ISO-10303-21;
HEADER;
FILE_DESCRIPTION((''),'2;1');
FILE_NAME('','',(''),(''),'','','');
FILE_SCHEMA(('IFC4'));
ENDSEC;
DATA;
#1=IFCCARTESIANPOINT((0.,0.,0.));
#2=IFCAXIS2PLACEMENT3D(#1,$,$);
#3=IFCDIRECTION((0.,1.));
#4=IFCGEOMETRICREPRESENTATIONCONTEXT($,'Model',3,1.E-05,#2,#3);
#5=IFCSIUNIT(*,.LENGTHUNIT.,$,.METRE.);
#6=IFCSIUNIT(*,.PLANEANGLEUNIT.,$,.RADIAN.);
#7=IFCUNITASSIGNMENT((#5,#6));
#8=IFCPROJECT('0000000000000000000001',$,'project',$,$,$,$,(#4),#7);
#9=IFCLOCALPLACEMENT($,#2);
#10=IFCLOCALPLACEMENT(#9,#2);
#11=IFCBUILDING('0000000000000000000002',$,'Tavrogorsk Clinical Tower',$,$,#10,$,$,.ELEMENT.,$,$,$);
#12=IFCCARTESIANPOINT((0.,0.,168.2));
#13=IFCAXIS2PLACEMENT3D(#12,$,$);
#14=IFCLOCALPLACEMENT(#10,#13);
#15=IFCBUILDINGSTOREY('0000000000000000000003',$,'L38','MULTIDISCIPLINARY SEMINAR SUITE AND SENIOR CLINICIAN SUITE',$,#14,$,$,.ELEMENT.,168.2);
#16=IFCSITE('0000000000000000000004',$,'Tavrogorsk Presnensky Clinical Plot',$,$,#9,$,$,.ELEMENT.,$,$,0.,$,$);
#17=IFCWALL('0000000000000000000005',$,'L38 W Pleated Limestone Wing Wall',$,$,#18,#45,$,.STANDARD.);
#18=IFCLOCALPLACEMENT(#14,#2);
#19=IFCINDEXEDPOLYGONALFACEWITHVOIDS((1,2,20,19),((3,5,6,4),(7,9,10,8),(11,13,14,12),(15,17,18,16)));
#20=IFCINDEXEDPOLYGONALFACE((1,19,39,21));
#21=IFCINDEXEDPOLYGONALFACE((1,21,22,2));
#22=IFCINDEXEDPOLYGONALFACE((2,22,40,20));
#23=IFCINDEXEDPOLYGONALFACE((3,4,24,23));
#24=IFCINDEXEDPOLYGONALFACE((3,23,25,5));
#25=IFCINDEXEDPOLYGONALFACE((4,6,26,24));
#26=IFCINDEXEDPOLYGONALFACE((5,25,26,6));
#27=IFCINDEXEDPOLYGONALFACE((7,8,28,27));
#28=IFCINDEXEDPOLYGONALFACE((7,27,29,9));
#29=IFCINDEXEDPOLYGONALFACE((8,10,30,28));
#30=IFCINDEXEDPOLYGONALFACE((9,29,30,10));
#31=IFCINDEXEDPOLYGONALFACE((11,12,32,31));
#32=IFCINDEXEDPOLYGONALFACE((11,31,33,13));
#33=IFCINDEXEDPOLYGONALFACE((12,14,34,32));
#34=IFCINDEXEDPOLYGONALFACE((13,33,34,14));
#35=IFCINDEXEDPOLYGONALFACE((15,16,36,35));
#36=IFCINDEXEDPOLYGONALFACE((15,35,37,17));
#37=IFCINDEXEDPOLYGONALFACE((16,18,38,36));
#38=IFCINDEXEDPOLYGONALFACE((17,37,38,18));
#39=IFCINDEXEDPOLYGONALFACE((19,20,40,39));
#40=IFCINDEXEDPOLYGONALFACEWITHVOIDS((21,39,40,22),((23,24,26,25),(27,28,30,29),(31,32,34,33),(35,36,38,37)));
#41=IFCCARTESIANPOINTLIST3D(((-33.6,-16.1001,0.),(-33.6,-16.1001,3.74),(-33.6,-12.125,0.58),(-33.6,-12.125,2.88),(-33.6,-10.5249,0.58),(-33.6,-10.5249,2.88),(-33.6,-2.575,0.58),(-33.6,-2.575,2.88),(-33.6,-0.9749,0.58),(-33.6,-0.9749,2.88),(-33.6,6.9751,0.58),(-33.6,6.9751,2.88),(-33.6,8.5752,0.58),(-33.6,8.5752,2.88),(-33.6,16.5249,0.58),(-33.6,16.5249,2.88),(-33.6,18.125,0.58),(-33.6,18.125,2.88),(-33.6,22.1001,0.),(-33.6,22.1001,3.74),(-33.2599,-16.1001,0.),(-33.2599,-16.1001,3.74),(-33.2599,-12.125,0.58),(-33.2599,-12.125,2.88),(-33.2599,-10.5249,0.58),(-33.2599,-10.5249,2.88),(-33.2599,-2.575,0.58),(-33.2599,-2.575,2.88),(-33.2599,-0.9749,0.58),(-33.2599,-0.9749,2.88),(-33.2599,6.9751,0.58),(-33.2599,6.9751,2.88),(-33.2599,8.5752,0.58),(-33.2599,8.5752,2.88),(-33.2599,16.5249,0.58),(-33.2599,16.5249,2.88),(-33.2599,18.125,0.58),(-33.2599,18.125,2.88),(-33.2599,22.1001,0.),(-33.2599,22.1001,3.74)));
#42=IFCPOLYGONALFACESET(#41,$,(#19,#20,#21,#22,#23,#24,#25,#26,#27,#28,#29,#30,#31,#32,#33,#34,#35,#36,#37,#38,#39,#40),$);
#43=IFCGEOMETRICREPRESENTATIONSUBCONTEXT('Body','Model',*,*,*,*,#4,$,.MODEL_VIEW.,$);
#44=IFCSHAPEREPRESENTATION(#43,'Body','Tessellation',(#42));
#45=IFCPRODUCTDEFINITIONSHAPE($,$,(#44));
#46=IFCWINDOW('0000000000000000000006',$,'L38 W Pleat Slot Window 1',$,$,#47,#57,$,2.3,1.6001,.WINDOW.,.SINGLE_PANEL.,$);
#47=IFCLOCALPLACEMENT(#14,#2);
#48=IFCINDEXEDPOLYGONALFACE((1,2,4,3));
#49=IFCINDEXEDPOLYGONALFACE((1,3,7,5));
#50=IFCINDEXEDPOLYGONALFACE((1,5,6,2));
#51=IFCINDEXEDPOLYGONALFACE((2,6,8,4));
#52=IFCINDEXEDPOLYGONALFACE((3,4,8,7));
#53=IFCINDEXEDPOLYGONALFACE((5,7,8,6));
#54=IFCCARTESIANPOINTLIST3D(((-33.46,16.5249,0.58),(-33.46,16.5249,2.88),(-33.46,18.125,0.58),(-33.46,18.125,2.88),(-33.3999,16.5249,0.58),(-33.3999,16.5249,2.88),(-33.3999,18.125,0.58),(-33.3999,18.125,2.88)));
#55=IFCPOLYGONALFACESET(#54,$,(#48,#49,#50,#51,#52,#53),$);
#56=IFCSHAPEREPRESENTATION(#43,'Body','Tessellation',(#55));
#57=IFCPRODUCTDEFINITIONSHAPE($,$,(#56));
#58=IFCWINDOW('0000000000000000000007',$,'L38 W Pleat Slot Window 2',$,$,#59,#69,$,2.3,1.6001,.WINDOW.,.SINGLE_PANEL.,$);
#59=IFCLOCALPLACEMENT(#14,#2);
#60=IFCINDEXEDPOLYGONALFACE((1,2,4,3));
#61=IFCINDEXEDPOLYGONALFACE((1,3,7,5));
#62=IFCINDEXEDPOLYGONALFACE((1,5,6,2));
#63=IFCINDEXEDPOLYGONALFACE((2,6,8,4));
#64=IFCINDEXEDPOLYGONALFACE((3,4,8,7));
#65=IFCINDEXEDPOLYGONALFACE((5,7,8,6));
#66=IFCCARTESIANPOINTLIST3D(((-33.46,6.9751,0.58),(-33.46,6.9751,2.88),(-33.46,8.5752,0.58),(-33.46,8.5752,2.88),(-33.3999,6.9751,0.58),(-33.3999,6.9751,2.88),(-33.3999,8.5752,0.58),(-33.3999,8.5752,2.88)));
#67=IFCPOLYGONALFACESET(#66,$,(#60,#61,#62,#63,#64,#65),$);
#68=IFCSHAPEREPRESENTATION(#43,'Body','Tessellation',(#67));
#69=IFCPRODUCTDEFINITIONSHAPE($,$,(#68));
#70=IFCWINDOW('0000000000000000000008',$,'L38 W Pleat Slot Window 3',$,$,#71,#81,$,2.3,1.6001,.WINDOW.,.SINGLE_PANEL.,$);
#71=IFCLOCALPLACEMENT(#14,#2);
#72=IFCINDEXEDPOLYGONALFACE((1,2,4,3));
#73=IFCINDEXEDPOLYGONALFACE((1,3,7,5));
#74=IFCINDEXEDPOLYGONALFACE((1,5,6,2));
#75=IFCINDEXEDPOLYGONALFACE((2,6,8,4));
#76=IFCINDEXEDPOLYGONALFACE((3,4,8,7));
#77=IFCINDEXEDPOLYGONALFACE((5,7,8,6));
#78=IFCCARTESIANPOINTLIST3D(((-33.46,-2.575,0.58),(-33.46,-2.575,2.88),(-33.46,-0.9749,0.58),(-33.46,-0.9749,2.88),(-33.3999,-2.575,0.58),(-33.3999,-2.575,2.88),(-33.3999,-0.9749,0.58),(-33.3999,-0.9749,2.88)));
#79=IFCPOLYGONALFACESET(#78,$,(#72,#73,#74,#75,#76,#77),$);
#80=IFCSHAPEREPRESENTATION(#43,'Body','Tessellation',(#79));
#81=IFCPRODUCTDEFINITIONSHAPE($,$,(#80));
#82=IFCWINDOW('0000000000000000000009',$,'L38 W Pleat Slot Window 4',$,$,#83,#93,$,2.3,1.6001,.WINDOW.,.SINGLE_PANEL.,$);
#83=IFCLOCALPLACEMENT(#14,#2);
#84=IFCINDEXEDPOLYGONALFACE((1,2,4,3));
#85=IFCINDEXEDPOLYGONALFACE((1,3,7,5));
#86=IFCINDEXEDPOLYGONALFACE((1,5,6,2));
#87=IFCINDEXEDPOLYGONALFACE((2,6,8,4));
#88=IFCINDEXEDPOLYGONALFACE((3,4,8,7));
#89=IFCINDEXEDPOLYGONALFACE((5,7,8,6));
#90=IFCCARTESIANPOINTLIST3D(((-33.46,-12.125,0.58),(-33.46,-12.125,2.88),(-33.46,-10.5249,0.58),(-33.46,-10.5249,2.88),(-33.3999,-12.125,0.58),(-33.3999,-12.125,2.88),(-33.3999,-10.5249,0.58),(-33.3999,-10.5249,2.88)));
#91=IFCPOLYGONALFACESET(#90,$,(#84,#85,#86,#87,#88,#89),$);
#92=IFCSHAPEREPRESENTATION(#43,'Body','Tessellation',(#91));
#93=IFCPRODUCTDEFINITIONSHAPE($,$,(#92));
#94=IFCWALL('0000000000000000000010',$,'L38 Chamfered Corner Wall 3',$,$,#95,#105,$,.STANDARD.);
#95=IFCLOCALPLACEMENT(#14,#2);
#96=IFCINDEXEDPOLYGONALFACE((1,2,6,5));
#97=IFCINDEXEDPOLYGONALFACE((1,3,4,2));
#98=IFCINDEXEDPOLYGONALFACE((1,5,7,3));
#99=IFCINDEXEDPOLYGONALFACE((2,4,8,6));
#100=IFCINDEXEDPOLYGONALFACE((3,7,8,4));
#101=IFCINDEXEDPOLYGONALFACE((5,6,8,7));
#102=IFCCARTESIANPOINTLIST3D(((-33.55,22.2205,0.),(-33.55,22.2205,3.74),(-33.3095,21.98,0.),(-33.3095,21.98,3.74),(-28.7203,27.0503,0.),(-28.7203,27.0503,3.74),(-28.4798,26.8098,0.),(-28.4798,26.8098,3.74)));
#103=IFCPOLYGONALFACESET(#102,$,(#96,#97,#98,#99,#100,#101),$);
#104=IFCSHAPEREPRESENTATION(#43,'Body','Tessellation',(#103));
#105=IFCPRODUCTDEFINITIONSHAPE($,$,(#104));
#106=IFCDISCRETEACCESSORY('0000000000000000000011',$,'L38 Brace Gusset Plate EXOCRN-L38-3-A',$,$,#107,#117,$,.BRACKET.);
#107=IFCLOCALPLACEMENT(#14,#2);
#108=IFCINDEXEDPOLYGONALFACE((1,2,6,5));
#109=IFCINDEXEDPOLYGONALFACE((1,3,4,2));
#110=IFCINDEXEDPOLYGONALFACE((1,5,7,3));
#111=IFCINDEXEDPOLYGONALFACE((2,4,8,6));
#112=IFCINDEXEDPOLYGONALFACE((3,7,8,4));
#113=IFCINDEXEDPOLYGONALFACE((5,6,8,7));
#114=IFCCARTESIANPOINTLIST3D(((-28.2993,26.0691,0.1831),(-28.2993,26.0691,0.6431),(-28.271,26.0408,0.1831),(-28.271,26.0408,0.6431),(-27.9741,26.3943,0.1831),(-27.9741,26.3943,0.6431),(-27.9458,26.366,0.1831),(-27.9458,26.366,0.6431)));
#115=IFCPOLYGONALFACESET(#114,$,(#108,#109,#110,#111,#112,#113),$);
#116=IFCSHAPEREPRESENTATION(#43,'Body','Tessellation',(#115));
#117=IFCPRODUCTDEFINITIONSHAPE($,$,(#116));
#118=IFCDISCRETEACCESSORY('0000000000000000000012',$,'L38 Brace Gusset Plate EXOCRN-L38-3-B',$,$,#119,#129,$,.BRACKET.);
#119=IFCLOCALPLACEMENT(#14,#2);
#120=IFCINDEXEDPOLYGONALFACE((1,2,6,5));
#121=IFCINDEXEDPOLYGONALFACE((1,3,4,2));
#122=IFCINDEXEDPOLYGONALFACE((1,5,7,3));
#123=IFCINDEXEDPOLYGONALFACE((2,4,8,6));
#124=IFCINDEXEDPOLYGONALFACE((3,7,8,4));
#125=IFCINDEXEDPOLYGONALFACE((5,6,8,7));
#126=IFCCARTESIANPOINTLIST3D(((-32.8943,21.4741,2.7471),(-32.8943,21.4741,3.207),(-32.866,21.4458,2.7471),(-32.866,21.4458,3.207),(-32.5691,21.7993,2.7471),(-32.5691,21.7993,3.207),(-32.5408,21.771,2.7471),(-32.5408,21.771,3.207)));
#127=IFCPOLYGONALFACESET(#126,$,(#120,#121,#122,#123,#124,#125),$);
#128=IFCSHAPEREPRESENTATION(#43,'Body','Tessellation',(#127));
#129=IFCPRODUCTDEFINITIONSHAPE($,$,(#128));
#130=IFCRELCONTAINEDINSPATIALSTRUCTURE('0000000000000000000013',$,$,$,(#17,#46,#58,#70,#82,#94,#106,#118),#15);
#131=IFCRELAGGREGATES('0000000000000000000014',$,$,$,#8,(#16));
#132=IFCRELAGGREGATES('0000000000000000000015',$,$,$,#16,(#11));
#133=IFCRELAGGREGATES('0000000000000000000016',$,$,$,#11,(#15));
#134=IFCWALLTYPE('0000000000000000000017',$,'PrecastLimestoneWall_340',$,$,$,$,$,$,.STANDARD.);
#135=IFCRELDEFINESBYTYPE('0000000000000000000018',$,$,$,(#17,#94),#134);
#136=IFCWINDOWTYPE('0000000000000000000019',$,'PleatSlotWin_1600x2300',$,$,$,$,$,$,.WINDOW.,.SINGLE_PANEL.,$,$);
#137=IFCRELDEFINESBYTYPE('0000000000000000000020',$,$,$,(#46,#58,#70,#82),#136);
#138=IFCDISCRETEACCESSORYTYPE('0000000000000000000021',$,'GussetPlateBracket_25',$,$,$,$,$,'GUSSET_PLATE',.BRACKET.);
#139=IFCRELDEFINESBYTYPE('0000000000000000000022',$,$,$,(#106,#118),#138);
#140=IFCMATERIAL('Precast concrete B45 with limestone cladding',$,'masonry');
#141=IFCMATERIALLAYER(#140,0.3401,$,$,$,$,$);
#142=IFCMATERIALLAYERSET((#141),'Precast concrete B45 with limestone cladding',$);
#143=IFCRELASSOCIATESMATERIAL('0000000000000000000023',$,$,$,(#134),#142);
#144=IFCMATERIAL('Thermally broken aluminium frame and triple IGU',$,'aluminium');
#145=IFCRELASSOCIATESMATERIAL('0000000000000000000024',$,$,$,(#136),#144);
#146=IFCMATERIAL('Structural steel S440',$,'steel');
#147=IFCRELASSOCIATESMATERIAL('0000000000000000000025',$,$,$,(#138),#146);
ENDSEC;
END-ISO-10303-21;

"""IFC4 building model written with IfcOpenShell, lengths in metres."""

from ifc_helpers import new_model, si_unit, direction, frame, frame_2d, origin, origin_2d, place, context, subcontext, project, spatial, rectangle, extrude, material, layer, layer_set, type_object, element, fill, save


model = new_model("IFC4")

# Units and contexts
model_context = context("Model", 3, precision=1e-05, world=origin(), true_north=direction((0.0, 1.0)))
body_context = subcontext(model_context, "Body", "Model", "MODEL_VIEW")
ifc_project = project(units=[si_unit("LENGTHUNIT", "METRE"), si_unit("PLANEANGLEUNIT", "RADIAN")], contexts=[model_context])

# Site, building, storey
site_placement = place(None, origin())
site = spatial("IfcSite", under=ifc_project, at=site_placement, Name="Tavrogorsk Presnensky Clinical Plot", CompositionType="ELEMENT", RefElevation=0.0)
building_placement = place(site_placement, origin())
building = spatial("IfcBuilding", under=site, at=building_placement, Name="Tavrogorsk Clinical Tower", CompositionType="ELEMENT")
storey_placement = place(building_placement, frame((0.0, 0.0, 168.2)))
storey = spatial("IfcBuildingStorey", under=building, at=storey_placement, Name="L38", Description="MULTIDISCIPLINARY SEMINAR SUITE AND SENIOR CLINICIAN SUITE", CompositionType="ELEMENT", Elevation=168.2)

# Wall, openings, windows
ifc_material_1 = material(Name="Precast concrete B45 with limestone cladding", Category="masonry")
ifc_layer_1 = layer(ifc_material_1, 0.3401)
ifc_layer_set_1 = layer_set([ifc_layer_1], Name="Precast concrete B45 with limestone cladding")
wall_type_1 = type_object("IfcWallType", Name="PrecastLimestoneWall_340", PredefinedType="STANDARD", material=ifc_layer_set_1)
wall_1_placement = place(storey_placement, frame((-33.4299, 22.1001, 0.0), z_axis=(0.0, 0.0, 1.0), x_axis=(0.0, -1.0, 0.0)))
wall_1 = element("IfcWall", 1, at=wall_1_placement, inside=storey, type_object=wall_type_1, Name="L38 W Pleated Limestone Wing Wall", PredefinedType="STANDARD", context=body_context, shape_type="SweptSolid", body=[
    extrude(rectangle(XDim=38.2002, YDim=0.3401, at=frame_2d((19.1001, 0.0))), origin(), (0.0, 0.0, 1.0), 3.74),
])
opening_1_placement = place(wall_1_placement, frame((3.9751, 0.0, 0.5801)))
opening_1 = element("IfcOpeningElement", 2, at=opening_1_placement, cuts=wall_1, PredefinedType="OPENING", context=body_context, shape_type="SweptSolid", body=[
    extrude(rectangle(XDim=1.6001, YDim=2.3, at=frame_2d((0.8, 1.1499))), frame((0.0, 0.1799, 0.0), z_axis=(0.0, -1.0, 0.0), x_axis=(1.0, 0.0, 0.0)), (0.0, 0.0, 1.0), 0.3601),
])
opening_2_placement = place(wall_1_placement, frame((13.5249, 0.0, 0.5801)))
opening_2 = element("IfcOpeningElement", 3, at=opening_2_placement, cuts=wall_1, PredefinedType="OPENING", context=body_context, shape_type="SweptSolid", body=[
    extrude(rectangle(XDim=1.6001, YDim=2.3, at=frame_2d((0.8, 1.1499))), frame((0.0, 0.1799, 0.0), z_axis=(0.0, -1.0, 0.0), x_axis=(1.0, 0.0, 0.0)), (0.0, 0.0, 1.0), 0.3601),
])
opening_3_placement = place(wall_1_placement, frame((23.075, 0.0, 0.5801)))
opening_3 = element("IfcOpeningElement", 4, at=opening_3_placement, cuts=wall_1, PredefinedType="OPENING", context=body_context, shape_type="SweptSolid", body=[
    extrude(rectangle(XDim=1.6001, YDim=2.3, at=frame_2d((0.8, 1.1499))), frame((0.0, 0.1799, 0.0), z_axis=(0.0, -1.0, 0.0), x_axis=(1.0, 0.0, 0.0)), (0.0, 0.0, 1.0), 0.3601),
])
opening_4_placement = place(wall_1_placement, frame((32.625, 0.0, 0.5801)))
opening_4 = element("IfcOpeningElement", 5, at=opening_4_placement, cuts=wall_1, PredefinedType="OPENING", context=body_context, shape_type="SweptSolid", body=[
    extrude(rectangle(XDim=1.6001, YDim=2.3, at=frame_2d((0.8, 1.1499))), frame((0.0, 0.1799, 0.0), z_axis=(0.0, -1.0, 0.0), x_axis=(1.0, 0.0, 0.0)), (0.0, 0.0, 1.0), 0.3601),
])
ifc_material_2 = material(Name="Thermally broken aluminium frame and triple IGU", Category="aluminium")
window_type = type_object("IfcWindowType", Name="PleatSlotWin_1600x2300", PartitioningType="SINGLE_PANEL", PredefinedType="WINDOW", material=ifc_material_2)
window_1_placement = place(opening_1_placement, origin())
window_1 = element("IfcWindow", 6, at=window_1_placement, inside=storey, type_object=window_type, Name="L38 W Pleat Slot Window 1", OverallHeight=2.3, OverallWidth=1.6001, PartitioningType="SINGLE_PANEL", PredefinedType="WINDOW", context=body_context, shape_type="SweptSolid", body=[
    extrude(rectangle(XDim=1.6001, YDim=2.3, at=frame_2d((0.8, 1.1499))), frame((0.0, 0.03, 0.0), z_axis=(0.0, -1.0, 0.0), x_axis=(1.0, 0.0, 0.0)), (0.0, 0.0, 1.0), 0.0601),
])
fill(opening_1, window_1)
window_2_placement = place(opening_2_placement, origin())
window_2 = element("IfcWindow", 7, at=window_2_placement, inside=storey, type_object=window_type, Name="L38 W Pleat Slot Window 2", OverallHeight=2.3, OverallWidth=1.6001, PartitioningType="SINGLE_PANEL", PredefinedType="WINDOW", context=body_context, shape_type="SweptSolid", body=[
    extrude(rectangle(XDim=1.6001, YDim=2.3, at=frame_2d((0.8, 1.1499))), frame((0.0, 0.03, 0.0), z_axis=(0.0, -1.0, 0.0), x_axis=(1.0, 0.0, 0.0)), (0.0, 0.0, 1.0), 0.0601),
])
fill(opening_2, window_2)
window_3_placement = place(opening_3_placement, origin())
window_3 = element("IfcWindow", 8, at=window_3_placement, inside=storey, type_object=window_type, Name="L38 W Pleat Slot Window 3", OverallHeight=2.3, OverallWidth=1.6001, PartitioningType="SINGLE_PANEL", PredefinedType="WINDOW", context=body_context, shape_type="SweptSolid", body=[
    extrude(rectangle(XDim=1.6001, YDim=2.3, at=frame_2d((0.8, 1.1499))), frame((0.0, 0.03, 0.0), z_axis=(0.0, -1.0, 0.0), x_axis=(1.0, 0.0, 0.0)), (0.0, 0.0, 1.0), 0.0601),
])
fill(opening_3, window_3)
window_4_placement = place(opening_4_placement, origin())
window_4 = element("IfcWindow", 9, at=window_4_placement, inside=storey, type_object=window_type, Name="L38 W Pleat Slot Window 4", OverallHeight=2.3, OverallWidth=1.6001, PartitioningType="SINGLE_PANEL", PredefinedType="WINDOW", context=body_context, shape_type="SweptSolid", body=[
    extrude(rectangle(XDim=1.6001, YDim=2.3, at=frame_2d((0.8, 1.1499))), frame((0.0, 0.03, 0.0), z_axis=(0.0, -1.0, 0.0), x_axis=(1.0, 0.0, 0.0)), (0.0, 0.0, 1.0), 0.0601),
])
fill(opening_4, window_4)

# Wall
wall_2_placement = place(storey_placement, frame((-28.6001, 26.9299, 0.0), z_axis=(0.0, 0.0, 1.0), x_axis=(-0.707107, -0.707107, 0.0)))
element("IfcWall", 10, at=wall_2_placement, inside=storey, type_object=wall_type_1, Name="L38 Chamfered Corner Wall 3", PredefinedType="STANDARD", context=body_context, shape_type="SweptSolid", body=[
    extrude(rectangle(XDim=6.8303, YDim=0.3401, at=frame_2d((3.415, 0.0))), origin(), (0.0, 0.0, 1.0), 3.74),
])

# Discrete accessories
ifc_material_3 = material(Name="Structural steel S440", Category="steel")
discrete_accessory_type = type_object("IfcDiscreteAccessoryType", Name="GussetPlateBracket_25", ElementType="GUSSET_PLATE", PredefinedType="BRACKET", material=ifc_material_3)
for number, where, z_axis, x_axis, name in (
    (11, (-28.1226, 26.2175, 0.1831), (0.0, 0.0, 1.0), (-0.707107, -0.707107, 0.0), "L38 Brace Gusset Plate EXOCRN-L38-3-A"),
    (12, (-32.7175, 21.6226, 2.7471), (0.0, 0.0, 1.0), (-0.707107, -0.707107, 0.0), "L38 Brace Gusset Plate EXOCRN-L38-3-B"),
):
    element("IfcDiscreteAccessory", number, at=place(storey_placement, frame(where, z_axis=z_axis, x_axis=x_axis)), inside=storey, type_object=discrete_accessory_type, Name=name, PredefinedType="BRACKET", context=body_context, shape_type="SweptSolid", body=[
        extrude(rectangle(XDim=0.46, YDim=0.04, at=origin_2d()), origin(), (0.0, 0.0, 1.0), 0.46),
    ])

save(model, "model.ifc")
